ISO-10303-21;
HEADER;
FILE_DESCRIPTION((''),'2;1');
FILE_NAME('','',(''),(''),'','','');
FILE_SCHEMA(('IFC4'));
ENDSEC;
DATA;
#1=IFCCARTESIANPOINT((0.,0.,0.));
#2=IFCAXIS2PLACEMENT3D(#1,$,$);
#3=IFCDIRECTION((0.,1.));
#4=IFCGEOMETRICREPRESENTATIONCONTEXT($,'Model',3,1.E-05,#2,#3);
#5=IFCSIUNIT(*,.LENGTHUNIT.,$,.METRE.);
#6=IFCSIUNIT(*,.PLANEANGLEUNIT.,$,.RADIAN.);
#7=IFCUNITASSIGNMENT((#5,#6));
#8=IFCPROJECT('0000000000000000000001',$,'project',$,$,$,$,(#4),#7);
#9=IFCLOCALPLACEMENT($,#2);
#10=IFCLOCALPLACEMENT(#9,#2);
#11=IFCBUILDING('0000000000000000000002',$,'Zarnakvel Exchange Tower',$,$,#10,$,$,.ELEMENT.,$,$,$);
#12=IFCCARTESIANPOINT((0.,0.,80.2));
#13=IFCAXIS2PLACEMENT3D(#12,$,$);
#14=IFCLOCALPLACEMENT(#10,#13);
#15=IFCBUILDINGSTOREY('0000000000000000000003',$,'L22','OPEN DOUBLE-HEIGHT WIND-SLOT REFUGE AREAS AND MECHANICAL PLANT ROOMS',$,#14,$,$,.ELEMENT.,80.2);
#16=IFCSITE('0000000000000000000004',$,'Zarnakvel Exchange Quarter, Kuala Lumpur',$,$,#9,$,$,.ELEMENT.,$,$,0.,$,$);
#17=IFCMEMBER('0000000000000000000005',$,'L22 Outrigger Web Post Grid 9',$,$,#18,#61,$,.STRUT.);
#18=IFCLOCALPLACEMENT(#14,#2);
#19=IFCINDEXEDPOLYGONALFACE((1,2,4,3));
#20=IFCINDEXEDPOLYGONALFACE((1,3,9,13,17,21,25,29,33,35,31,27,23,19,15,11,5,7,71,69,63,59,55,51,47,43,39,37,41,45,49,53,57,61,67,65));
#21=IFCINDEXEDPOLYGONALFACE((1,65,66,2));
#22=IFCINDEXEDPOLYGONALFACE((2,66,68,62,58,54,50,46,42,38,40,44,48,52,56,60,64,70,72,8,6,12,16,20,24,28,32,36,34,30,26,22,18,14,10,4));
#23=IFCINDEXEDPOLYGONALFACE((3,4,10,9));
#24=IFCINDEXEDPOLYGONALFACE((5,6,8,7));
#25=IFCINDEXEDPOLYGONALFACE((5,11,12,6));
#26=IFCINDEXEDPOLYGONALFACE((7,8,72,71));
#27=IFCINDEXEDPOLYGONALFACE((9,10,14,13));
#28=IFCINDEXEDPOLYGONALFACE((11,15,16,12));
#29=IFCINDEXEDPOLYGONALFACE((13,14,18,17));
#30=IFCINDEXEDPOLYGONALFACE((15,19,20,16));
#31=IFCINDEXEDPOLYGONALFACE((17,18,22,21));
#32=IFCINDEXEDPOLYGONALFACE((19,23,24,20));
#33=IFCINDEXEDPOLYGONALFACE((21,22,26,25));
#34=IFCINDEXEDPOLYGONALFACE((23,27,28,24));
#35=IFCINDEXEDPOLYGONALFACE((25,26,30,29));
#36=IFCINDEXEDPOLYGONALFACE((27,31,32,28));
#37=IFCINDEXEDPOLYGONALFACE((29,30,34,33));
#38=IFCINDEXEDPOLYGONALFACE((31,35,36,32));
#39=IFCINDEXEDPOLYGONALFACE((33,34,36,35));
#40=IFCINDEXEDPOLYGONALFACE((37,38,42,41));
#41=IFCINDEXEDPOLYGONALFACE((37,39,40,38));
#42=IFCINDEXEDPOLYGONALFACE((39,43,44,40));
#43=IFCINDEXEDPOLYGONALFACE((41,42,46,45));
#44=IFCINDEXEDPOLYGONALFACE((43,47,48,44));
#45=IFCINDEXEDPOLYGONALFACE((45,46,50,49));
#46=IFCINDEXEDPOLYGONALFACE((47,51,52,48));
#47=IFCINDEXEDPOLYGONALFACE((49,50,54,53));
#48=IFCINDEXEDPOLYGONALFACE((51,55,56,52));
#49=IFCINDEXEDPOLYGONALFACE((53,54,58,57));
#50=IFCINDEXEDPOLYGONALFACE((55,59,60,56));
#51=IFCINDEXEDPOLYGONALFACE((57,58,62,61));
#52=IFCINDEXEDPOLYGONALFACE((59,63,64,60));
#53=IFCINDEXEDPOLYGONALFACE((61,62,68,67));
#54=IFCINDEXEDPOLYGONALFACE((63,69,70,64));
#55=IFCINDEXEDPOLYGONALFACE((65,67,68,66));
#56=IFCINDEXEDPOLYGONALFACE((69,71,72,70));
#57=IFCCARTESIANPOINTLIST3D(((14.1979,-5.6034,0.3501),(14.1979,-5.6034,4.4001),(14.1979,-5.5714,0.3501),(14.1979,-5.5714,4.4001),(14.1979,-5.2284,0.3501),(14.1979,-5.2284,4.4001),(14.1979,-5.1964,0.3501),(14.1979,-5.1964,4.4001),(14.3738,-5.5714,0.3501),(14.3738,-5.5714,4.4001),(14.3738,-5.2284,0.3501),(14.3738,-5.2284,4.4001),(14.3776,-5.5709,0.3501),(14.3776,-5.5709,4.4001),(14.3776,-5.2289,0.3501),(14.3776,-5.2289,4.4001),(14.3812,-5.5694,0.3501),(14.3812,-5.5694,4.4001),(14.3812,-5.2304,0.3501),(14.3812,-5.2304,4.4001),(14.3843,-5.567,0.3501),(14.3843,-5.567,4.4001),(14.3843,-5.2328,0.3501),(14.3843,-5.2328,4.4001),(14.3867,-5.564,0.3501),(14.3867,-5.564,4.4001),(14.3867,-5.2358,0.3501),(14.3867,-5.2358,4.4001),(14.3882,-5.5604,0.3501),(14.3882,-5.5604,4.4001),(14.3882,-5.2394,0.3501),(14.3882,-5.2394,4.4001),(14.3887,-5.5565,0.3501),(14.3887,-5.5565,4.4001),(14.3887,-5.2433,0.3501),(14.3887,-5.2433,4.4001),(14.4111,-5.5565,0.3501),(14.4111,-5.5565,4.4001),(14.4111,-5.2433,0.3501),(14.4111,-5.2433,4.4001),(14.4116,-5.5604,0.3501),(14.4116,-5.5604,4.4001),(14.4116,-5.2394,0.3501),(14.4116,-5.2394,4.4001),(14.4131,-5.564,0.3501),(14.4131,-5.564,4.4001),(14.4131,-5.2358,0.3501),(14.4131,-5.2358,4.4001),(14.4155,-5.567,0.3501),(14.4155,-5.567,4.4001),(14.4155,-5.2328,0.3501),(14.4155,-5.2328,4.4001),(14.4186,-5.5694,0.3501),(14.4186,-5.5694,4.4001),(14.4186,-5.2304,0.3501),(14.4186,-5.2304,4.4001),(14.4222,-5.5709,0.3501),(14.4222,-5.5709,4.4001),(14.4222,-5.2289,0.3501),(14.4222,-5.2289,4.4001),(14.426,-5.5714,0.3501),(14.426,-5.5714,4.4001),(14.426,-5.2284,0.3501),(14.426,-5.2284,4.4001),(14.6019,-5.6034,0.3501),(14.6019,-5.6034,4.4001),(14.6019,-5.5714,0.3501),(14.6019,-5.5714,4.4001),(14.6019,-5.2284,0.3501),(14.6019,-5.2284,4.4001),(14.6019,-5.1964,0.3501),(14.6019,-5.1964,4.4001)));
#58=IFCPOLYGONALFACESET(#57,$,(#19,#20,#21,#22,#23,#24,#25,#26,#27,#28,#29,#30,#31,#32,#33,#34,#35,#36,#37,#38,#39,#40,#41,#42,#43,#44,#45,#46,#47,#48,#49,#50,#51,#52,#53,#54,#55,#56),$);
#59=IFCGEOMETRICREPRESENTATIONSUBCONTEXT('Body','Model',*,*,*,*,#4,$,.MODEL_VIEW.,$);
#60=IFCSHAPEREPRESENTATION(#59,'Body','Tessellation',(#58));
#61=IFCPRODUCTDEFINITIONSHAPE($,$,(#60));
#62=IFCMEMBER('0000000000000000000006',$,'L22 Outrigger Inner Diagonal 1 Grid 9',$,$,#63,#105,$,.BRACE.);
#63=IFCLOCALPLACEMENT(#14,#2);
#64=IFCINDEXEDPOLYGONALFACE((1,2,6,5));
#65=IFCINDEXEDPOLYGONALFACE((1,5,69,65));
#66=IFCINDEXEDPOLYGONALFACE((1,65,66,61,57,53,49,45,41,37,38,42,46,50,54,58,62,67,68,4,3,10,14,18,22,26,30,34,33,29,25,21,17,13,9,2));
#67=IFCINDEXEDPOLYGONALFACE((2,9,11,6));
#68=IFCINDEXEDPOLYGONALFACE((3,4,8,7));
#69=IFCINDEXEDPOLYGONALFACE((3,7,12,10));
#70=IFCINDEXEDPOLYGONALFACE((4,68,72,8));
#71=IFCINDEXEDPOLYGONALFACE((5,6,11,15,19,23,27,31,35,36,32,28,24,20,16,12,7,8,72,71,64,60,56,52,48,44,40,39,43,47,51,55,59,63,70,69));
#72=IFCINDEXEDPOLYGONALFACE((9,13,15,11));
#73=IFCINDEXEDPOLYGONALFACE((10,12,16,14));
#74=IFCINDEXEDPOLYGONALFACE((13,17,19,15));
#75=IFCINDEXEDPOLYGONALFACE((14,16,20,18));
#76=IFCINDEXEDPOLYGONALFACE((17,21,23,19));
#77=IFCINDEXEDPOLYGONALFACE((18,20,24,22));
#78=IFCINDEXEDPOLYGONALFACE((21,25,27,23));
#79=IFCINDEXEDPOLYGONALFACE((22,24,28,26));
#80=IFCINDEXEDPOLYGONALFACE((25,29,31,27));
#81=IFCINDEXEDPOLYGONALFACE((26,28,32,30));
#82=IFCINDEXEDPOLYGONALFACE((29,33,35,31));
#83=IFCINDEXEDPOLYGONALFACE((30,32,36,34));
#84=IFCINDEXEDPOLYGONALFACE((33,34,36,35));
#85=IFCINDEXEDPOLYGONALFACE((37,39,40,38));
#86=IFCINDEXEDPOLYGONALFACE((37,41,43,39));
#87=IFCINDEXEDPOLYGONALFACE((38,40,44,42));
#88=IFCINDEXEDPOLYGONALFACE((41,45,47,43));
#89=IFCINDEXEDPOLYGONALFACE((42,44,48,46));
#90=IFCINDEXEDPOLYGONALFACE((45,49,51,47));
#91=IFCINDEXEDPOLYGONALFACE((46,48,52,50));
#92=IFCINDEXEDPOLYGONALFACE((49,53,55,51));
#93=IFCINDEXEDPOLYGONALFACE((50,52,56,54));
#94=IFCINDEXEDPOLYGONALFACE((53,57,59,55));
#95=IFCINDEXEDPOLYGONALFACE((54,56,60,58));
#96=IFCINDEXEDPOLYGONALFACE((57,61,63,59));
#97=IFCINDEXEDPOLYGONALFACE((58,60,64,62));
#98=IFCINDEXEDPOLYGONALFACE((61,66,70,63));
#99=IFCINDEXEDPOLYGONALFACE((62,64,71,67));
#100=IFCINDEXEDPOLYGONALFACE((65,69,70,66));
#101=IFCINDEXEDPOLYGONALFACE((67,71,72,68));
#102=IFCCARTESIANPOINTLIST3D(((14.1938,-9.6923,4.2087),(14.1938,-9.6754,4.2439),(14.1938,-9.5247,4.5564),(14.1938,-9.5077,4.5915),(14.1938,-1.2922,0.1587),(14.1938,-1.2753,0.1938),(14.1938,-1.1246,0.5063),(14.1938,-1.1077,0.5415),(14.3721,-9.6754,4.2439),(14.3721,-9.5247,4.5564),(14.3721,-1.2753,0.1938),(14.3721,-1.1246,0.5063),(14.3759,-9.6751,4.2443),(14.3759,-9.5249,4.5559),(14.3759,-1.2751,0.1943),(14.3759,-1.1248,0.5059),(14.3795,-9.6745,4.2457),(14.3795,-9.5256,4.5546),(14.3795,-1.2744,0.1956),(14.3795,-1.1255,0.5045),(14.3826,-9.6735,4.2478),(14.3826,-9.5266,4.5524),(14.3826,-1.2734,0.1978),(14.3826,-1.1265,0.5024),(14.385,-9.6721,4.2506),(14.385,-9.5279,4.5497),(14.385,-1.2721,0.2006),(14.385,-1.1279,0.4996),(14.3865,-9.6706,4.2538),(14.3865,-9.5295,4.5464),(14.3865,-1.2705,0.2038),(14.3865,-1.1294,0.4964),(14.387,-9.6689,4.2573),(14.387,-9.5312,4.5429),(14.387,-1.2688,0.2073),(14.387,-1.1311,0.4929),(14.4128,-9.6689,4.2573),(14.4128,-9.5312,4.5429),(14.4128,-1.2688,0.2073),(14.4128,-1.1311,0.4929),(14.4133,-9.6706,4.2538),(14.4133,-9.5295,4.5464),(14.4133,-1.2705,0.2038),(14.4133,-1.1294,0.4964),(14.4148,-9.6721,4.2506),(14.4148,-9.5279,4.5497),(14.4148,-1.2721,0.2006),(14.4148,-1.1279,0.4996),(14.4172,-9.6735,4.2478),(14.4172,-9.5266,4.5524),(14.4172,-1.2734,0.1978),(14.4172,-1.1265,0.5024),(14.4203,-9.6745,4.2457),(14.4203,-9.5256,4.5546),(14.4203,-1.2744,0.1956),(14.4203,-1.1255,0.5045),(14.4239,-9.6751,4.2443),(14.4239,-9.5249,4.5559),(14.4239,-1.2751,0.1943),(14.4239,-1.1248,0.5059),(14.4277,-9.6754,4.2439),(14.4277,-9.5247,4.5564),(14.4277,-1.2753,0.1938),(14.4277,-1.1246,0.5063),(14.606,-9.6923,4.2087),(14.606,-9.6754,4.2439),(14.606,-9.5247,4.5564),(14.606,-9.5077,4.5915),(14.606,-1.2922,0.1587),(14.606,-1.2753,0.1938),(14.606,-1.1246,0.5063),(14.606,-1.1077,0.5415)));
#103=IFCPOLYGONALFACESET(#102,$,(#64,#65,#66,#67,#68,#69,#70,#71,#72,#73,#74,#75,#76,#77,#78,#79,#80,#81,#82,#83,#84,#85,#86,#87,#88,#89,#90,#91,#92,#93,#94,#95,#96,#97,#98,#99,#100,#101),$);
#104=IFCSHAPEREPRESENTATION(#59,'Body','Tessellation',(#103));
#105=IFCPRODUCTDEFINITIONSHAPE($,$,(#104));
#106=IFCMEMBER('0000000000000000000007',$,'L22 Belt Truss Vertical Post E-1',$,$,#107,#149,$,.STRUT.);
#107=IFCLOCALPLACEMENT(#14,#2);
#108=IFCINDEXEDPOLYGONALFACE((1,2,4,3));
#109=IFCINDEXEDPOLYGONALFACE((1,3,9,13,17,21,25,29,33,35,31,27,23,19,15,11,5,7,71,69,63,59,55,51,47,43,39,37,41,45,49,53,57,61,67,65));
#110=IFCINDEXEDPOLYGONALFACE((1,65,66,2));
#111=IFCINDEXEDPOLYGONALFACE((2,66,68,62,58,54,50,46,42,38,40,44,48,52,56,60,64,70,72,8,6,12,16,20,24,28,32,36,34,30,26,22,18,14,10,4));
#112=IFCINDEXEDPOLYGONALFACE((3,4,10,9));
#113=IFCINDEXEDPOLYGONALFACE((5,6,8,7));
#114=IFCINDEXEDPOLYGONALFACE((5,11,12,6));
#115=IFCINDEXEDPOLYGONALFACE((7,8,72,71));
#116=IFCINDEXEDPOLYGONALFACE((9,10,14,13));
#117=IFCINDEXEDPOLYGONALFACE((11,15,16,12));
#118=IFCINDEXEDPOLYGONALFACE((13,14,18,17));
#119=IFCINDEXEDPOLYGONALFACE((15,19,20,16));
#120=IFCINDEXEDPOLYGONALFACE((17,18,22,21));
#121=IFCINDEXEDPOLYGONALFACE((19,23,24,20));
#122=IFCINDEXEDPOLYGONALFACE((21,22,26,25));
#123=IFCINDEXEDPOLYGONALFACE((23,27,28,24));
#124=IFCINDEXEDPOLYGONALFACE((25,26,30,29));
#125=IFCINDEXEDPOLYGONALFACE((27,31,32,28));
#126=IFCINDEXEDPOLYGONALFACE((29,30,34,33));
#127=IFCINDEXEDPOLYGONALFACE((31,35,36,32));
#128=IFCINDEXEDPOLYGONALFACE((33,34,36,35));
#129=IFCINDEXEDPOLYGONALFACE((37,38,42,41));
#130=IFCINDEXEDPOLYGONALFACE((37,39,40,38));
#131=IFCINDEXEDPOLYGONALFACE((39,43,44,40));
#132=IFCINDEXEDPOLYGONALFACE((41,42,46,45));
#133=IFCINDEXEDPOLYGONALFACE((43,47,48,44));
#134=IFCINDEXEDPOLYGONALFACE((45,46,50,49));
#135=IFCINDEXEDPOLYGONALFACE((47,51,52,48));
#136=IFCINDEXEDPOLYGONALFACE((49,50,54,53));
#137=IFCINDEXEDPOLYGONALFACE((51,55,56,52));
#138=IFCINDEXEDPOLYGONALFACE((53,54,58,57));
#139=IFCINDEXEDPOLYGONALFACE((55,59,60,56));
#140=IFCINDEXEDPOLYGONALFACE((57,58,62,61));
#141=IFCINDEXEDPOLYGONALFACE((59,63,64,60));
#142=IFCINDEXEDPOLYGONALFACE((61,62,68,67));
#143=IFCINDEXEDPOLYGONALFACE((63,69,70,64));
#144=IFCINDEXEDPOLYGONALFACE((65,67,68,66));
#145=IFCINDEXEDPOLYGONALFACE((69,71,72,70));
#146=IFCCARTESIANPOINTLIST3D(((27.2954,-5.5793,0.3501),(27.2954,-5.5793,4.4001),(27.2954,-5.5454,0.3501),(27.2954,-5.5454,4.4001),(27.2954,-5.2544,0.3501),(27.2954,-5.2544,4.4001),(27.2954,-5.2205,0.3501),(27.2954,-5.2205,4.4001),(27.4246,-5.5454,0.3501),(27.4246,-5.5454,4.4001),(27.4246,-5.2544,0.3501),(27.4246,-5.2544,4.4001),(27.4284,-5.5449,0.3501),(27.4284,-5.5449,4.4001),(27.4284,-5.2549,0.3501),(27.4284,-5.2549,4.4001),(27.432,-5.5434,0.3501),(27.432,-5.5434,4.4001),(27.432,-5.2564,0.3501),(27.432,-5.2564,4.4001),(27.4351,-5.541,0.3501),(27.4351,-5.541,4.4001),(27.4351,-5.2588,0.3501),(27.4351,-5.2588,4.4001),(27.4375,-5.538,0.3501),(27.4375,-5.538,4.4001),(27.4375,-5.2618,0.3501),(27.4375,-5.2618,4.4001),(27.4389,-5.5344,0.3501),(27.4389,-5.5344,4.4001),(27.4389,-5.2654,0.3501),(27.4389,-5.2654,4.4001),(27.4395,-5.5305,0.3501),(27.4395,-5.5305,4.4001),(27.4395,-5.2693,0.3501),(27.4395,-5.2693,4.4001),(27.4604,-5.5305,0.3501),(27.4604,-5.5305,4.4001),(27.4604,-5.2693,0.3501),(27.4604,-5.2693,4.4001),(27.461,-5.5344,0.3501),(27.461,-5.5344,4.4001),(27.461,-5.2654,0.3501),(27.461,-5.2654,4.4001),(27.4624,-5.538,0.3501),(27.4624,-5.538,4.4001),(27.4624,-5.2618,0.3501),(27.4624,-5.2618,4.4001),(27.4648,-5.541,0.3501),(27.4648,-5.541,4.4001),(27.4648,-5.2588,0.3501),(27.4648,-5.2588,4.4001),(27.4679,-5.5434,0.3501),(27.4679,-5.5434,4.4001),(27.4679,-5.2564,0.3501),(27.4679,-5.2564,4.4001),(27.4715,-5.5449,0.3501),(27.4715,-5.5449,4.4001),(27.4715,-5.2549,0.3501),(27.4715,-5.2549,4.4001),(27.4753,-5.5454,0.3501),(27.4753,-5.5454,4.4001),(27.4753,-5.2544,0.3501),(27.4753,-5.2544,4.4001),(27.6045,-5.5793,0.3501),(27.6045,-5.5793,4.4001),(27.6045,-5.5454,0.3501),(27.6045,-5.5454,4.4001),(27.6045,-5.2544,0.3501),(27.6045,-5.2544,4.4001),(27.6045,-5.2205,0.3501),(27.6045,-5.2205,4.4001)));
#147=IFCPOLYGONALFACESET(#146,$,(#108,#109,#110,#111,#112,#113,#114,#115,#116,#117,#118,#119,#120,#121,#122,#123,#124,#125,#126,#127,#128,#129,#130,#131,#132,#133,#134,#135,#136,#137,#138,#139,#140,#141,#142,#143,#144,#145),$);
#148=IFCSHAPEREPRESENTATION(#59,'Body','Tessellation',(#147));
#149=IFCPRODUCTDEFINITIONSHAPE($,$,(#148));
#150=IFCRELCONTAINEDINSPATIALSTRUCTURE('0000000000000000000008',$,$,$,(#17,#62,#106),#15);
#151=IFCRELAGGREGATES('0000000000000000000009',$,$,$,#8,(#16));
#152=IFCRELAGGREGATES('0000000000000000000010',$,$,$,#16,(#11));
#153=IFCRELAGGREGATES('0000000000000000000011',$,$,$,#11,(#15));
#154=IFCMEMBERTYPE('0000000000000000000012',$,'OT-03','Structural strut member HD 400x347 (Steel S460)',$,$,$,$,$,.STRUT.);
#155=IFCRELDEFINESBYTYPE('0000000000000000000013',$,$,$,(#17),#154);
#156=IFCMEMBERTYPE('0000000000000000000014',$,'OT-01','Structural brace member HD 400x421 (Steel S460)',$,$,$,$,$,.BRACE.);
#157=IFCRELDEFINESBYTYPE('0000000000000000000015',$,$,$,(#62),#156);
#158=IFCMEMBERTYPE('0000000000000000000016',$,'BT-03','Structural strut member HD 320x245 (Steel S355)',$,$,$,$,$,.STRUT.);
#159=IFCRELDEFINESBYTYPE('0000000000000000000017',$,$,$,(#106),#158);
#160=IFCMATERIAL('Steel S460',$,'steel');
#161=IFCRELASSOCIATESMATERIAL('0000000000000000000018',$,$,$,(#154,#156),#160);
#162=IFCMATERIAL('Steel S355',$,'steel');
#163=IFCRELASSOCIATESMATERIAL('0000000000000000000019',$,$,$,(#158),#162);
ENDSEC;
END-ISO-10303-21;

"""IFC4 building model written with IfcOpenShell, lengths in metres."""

from ifc_helpers import new_model, si_unit, direction, frame, origin, origin_2d, place, context, subcontext, project, spatial, i_section, extrude, source, transform, mapped, material, material_profile, profile_set, type_object, element, save


model = new_model("IFC4")

# Units and contexts
model_context = context("Model", 3, precision=1e-05, world=origin(), true_north=direction((0.0, 1.0)))
body_context = subcontext(model_context, "Body", "Model", "MODEL_VIEW")
ifc_project = project(units=[si_unit("LENGTHUNIT", "METRE"), si_unit("PLANEANGLEUNIT", "RADIAN")], contexts=[model_context])

# Site, building, storey
site_placement = place(None, origin())
site = spatial("IfcSite", under=ifc_project, at=site_placement, Name="Zarnakvel Exchange Quarter, Kuala Lumpur", CompositionType="ELEMENT", RefElevation=0.0)
building_placement = place(site_placement, origin())
building = spatial("IfcBuilding", under=site, at=building_placement, Name="Zarnakvel Exchange Tower", CompositionType="ELEMENT")
storey_placement = place(building_placement, frame((0.0, 0.0, 80.2)))
storey = spatial("IfcBuildingStorey", under=building, at=storey_placement, Name="L22", Description="OPEN DOUBLE-HEIGHT WIND-SLOT REFUGE AREAS AND MECHANICAL PLANT ROOMS", CompositionType="ELEMENT", Elevation=80.2)

# Shared definitions
ifc_material_1 = material(Name="Steel S355", Category="steel")

# Shared definitions
ifc_material_2 = material(Name="Steel S460", Category="steel")

# Members
ifc_material_profile_1 = material_profile(ifc_material_2, i_section(OverallWidth=0.4041, OverallDepth=0.407, WebThickness=0.0225, FlangeThickness=0.032, FilletRadius=0.0149, at=origin_2d()))
ifc_profile_set_1 = profile_set([ifc_material_profile_1], Name="Steel S460")
member_type_1 = type_object("IfcMemberType", Name="OT-03", Description="Structural strut member HD 400x347 (Steel S460)", PredefinedType="STRUT", material=ifc_profile_set_1)
shared_shape_1 = source(origin(), body_context, "Body", "SweptSolid", [
    extrude(i_section(OverallWidth=0.4041, OverallDepth=0.407, WebThickness=0.0225, FlangeThickness=0.032, FilletRadius=0.0149, at=origin_2d()), origin(), (0.0, 0.0, 1.0), 4.05),
])
member_1_placement = place(storey_placement, frame((14.3999, -5.3999, 0.3501), z_axis=(0.0, 0.0, 1.0), x_axis=(1.0, 0.0, 0.0)))
element("IfcMember", 1, at=member_1_placement, inside=storey, type_object=member_type_1, Name="L22 Outrigger Web Post Grid 9", PredefinedType="STRUT", context=body_context, shape_type="MappedRepresentation", body=[
    mapped(shared_shape_1, transform((0.0, 0.0, 0.0), x_axis=(1.0, 0.0, 0.0), y_axis=(0.0, 1.0, 0.0), z_axis=(0.0, 0.0, 1.0), scale=1.0)),
])
ifc_material_profile_2 = material_profile(ifc_material_2, i_section(OverallWidth=0.4121, OverallDepth=0.425, WebThickness=0.0259, FlangeThickness=0.0391, FilletRadius=0.0149, at=origin_2d()))
ifc_profile_set_2 = profile_set([ifc_material_profile_2], Name="Steel S460")
member_type_2 = type_object("IfcMemberType", Name="OT-01", Description="Structural brace member HD 400x421 (Steel S460)", PredefinedType="BRACE", material=ifc_profile_set_2)
shared_shape_2 = source(origin(), body_context, "Body", "SweptSolid", [
    extrude(i_section(OverallWidth=0.4121, OverallDepth=0.425, WebThickness=0.0259, FlangeThickness=0.0391, FilletRadius=0.0149, at=origin_2d()), origin(), (0.0, 0.0, 1.0), 9.3254),
])
member_2_placement = place(storey_placement, frame((14.3999, -1.2, 0.3501), z_axis=(0.0, -0.90077, 0.434297), x_axis=(1.0, 0.0, 0.0)))
element("IfcMember", 2, at=member_2_placement, inside=storey, type_object=member_type_2, Name="L22 Outrigger Inner Diagonal 1 Grid 9", PredefinedType="BRACE", context=body_context, shape_type="MappedRepresentation", body=[
    mapped(shared_shape_2, transform((0.0, 0.0, 0.0), x_axis=(1.0, 0.0, 0.0), y_axis=(0.0, 1.0, 0.0), z_axis=(0.0, 0.0, 1.0), scale=1.0)),
])
ifc_material_profile_3 = material_profile(ifc_material_1, i_section(OverallWidth=0.3091, OverallDepth=0.3589, WebThickness=0.021, FlangeThickness=0.0339, FilletRadius=0.0149, at=origin_2d()))
ifc_profile_set_3 = profile_set([ifc_material_profile_3], Name="Steel S355")
member_type_3 = type_object("IfcMemberType", Name="BT-03", Description="Structural strut member HD 320x245 (Steel S355)", PredefinedType="STRUT", material=ifc_profile_set_3)
shared_shape_3 = source(origin(), body_context, "Body", "SweptSolid", [
    extrude(i_section(OverallWidth=0.3091, OverallDepth=0.3589, WebThickness=0.021, FlangeThickness=0.0339, FilletRadius=0.0149, at=origin_2d()), origin(), (0.0, 0.0, 1.0), 4.05),
])
member_3_placement = place(storey_placement, frame((27.45, -5.3999, 0.3501), z_axis=(0.0, 0.0, 1.0), x_axis=(1.0, 0.0, 0.0)))
element("IfcMember", 3, at=member_3_placement, inside=storey, type_object=member_type_3, Name="L22 Belt Truss Vertical Post E-1", PredefinedType="STRUT", context=body_context, shape_type="MappedRepresentation", body=[
    mapped(shared_shape_3, transform((0.0, 0.0, 0.0), x_axis=(1.0, 0.0, 0.0), y_axis=(0.0, 1.0, 0.0), z_axis=(0.0, 0.0, 1.0), scale=1.0)),
])

save(model, "model.ifc")
